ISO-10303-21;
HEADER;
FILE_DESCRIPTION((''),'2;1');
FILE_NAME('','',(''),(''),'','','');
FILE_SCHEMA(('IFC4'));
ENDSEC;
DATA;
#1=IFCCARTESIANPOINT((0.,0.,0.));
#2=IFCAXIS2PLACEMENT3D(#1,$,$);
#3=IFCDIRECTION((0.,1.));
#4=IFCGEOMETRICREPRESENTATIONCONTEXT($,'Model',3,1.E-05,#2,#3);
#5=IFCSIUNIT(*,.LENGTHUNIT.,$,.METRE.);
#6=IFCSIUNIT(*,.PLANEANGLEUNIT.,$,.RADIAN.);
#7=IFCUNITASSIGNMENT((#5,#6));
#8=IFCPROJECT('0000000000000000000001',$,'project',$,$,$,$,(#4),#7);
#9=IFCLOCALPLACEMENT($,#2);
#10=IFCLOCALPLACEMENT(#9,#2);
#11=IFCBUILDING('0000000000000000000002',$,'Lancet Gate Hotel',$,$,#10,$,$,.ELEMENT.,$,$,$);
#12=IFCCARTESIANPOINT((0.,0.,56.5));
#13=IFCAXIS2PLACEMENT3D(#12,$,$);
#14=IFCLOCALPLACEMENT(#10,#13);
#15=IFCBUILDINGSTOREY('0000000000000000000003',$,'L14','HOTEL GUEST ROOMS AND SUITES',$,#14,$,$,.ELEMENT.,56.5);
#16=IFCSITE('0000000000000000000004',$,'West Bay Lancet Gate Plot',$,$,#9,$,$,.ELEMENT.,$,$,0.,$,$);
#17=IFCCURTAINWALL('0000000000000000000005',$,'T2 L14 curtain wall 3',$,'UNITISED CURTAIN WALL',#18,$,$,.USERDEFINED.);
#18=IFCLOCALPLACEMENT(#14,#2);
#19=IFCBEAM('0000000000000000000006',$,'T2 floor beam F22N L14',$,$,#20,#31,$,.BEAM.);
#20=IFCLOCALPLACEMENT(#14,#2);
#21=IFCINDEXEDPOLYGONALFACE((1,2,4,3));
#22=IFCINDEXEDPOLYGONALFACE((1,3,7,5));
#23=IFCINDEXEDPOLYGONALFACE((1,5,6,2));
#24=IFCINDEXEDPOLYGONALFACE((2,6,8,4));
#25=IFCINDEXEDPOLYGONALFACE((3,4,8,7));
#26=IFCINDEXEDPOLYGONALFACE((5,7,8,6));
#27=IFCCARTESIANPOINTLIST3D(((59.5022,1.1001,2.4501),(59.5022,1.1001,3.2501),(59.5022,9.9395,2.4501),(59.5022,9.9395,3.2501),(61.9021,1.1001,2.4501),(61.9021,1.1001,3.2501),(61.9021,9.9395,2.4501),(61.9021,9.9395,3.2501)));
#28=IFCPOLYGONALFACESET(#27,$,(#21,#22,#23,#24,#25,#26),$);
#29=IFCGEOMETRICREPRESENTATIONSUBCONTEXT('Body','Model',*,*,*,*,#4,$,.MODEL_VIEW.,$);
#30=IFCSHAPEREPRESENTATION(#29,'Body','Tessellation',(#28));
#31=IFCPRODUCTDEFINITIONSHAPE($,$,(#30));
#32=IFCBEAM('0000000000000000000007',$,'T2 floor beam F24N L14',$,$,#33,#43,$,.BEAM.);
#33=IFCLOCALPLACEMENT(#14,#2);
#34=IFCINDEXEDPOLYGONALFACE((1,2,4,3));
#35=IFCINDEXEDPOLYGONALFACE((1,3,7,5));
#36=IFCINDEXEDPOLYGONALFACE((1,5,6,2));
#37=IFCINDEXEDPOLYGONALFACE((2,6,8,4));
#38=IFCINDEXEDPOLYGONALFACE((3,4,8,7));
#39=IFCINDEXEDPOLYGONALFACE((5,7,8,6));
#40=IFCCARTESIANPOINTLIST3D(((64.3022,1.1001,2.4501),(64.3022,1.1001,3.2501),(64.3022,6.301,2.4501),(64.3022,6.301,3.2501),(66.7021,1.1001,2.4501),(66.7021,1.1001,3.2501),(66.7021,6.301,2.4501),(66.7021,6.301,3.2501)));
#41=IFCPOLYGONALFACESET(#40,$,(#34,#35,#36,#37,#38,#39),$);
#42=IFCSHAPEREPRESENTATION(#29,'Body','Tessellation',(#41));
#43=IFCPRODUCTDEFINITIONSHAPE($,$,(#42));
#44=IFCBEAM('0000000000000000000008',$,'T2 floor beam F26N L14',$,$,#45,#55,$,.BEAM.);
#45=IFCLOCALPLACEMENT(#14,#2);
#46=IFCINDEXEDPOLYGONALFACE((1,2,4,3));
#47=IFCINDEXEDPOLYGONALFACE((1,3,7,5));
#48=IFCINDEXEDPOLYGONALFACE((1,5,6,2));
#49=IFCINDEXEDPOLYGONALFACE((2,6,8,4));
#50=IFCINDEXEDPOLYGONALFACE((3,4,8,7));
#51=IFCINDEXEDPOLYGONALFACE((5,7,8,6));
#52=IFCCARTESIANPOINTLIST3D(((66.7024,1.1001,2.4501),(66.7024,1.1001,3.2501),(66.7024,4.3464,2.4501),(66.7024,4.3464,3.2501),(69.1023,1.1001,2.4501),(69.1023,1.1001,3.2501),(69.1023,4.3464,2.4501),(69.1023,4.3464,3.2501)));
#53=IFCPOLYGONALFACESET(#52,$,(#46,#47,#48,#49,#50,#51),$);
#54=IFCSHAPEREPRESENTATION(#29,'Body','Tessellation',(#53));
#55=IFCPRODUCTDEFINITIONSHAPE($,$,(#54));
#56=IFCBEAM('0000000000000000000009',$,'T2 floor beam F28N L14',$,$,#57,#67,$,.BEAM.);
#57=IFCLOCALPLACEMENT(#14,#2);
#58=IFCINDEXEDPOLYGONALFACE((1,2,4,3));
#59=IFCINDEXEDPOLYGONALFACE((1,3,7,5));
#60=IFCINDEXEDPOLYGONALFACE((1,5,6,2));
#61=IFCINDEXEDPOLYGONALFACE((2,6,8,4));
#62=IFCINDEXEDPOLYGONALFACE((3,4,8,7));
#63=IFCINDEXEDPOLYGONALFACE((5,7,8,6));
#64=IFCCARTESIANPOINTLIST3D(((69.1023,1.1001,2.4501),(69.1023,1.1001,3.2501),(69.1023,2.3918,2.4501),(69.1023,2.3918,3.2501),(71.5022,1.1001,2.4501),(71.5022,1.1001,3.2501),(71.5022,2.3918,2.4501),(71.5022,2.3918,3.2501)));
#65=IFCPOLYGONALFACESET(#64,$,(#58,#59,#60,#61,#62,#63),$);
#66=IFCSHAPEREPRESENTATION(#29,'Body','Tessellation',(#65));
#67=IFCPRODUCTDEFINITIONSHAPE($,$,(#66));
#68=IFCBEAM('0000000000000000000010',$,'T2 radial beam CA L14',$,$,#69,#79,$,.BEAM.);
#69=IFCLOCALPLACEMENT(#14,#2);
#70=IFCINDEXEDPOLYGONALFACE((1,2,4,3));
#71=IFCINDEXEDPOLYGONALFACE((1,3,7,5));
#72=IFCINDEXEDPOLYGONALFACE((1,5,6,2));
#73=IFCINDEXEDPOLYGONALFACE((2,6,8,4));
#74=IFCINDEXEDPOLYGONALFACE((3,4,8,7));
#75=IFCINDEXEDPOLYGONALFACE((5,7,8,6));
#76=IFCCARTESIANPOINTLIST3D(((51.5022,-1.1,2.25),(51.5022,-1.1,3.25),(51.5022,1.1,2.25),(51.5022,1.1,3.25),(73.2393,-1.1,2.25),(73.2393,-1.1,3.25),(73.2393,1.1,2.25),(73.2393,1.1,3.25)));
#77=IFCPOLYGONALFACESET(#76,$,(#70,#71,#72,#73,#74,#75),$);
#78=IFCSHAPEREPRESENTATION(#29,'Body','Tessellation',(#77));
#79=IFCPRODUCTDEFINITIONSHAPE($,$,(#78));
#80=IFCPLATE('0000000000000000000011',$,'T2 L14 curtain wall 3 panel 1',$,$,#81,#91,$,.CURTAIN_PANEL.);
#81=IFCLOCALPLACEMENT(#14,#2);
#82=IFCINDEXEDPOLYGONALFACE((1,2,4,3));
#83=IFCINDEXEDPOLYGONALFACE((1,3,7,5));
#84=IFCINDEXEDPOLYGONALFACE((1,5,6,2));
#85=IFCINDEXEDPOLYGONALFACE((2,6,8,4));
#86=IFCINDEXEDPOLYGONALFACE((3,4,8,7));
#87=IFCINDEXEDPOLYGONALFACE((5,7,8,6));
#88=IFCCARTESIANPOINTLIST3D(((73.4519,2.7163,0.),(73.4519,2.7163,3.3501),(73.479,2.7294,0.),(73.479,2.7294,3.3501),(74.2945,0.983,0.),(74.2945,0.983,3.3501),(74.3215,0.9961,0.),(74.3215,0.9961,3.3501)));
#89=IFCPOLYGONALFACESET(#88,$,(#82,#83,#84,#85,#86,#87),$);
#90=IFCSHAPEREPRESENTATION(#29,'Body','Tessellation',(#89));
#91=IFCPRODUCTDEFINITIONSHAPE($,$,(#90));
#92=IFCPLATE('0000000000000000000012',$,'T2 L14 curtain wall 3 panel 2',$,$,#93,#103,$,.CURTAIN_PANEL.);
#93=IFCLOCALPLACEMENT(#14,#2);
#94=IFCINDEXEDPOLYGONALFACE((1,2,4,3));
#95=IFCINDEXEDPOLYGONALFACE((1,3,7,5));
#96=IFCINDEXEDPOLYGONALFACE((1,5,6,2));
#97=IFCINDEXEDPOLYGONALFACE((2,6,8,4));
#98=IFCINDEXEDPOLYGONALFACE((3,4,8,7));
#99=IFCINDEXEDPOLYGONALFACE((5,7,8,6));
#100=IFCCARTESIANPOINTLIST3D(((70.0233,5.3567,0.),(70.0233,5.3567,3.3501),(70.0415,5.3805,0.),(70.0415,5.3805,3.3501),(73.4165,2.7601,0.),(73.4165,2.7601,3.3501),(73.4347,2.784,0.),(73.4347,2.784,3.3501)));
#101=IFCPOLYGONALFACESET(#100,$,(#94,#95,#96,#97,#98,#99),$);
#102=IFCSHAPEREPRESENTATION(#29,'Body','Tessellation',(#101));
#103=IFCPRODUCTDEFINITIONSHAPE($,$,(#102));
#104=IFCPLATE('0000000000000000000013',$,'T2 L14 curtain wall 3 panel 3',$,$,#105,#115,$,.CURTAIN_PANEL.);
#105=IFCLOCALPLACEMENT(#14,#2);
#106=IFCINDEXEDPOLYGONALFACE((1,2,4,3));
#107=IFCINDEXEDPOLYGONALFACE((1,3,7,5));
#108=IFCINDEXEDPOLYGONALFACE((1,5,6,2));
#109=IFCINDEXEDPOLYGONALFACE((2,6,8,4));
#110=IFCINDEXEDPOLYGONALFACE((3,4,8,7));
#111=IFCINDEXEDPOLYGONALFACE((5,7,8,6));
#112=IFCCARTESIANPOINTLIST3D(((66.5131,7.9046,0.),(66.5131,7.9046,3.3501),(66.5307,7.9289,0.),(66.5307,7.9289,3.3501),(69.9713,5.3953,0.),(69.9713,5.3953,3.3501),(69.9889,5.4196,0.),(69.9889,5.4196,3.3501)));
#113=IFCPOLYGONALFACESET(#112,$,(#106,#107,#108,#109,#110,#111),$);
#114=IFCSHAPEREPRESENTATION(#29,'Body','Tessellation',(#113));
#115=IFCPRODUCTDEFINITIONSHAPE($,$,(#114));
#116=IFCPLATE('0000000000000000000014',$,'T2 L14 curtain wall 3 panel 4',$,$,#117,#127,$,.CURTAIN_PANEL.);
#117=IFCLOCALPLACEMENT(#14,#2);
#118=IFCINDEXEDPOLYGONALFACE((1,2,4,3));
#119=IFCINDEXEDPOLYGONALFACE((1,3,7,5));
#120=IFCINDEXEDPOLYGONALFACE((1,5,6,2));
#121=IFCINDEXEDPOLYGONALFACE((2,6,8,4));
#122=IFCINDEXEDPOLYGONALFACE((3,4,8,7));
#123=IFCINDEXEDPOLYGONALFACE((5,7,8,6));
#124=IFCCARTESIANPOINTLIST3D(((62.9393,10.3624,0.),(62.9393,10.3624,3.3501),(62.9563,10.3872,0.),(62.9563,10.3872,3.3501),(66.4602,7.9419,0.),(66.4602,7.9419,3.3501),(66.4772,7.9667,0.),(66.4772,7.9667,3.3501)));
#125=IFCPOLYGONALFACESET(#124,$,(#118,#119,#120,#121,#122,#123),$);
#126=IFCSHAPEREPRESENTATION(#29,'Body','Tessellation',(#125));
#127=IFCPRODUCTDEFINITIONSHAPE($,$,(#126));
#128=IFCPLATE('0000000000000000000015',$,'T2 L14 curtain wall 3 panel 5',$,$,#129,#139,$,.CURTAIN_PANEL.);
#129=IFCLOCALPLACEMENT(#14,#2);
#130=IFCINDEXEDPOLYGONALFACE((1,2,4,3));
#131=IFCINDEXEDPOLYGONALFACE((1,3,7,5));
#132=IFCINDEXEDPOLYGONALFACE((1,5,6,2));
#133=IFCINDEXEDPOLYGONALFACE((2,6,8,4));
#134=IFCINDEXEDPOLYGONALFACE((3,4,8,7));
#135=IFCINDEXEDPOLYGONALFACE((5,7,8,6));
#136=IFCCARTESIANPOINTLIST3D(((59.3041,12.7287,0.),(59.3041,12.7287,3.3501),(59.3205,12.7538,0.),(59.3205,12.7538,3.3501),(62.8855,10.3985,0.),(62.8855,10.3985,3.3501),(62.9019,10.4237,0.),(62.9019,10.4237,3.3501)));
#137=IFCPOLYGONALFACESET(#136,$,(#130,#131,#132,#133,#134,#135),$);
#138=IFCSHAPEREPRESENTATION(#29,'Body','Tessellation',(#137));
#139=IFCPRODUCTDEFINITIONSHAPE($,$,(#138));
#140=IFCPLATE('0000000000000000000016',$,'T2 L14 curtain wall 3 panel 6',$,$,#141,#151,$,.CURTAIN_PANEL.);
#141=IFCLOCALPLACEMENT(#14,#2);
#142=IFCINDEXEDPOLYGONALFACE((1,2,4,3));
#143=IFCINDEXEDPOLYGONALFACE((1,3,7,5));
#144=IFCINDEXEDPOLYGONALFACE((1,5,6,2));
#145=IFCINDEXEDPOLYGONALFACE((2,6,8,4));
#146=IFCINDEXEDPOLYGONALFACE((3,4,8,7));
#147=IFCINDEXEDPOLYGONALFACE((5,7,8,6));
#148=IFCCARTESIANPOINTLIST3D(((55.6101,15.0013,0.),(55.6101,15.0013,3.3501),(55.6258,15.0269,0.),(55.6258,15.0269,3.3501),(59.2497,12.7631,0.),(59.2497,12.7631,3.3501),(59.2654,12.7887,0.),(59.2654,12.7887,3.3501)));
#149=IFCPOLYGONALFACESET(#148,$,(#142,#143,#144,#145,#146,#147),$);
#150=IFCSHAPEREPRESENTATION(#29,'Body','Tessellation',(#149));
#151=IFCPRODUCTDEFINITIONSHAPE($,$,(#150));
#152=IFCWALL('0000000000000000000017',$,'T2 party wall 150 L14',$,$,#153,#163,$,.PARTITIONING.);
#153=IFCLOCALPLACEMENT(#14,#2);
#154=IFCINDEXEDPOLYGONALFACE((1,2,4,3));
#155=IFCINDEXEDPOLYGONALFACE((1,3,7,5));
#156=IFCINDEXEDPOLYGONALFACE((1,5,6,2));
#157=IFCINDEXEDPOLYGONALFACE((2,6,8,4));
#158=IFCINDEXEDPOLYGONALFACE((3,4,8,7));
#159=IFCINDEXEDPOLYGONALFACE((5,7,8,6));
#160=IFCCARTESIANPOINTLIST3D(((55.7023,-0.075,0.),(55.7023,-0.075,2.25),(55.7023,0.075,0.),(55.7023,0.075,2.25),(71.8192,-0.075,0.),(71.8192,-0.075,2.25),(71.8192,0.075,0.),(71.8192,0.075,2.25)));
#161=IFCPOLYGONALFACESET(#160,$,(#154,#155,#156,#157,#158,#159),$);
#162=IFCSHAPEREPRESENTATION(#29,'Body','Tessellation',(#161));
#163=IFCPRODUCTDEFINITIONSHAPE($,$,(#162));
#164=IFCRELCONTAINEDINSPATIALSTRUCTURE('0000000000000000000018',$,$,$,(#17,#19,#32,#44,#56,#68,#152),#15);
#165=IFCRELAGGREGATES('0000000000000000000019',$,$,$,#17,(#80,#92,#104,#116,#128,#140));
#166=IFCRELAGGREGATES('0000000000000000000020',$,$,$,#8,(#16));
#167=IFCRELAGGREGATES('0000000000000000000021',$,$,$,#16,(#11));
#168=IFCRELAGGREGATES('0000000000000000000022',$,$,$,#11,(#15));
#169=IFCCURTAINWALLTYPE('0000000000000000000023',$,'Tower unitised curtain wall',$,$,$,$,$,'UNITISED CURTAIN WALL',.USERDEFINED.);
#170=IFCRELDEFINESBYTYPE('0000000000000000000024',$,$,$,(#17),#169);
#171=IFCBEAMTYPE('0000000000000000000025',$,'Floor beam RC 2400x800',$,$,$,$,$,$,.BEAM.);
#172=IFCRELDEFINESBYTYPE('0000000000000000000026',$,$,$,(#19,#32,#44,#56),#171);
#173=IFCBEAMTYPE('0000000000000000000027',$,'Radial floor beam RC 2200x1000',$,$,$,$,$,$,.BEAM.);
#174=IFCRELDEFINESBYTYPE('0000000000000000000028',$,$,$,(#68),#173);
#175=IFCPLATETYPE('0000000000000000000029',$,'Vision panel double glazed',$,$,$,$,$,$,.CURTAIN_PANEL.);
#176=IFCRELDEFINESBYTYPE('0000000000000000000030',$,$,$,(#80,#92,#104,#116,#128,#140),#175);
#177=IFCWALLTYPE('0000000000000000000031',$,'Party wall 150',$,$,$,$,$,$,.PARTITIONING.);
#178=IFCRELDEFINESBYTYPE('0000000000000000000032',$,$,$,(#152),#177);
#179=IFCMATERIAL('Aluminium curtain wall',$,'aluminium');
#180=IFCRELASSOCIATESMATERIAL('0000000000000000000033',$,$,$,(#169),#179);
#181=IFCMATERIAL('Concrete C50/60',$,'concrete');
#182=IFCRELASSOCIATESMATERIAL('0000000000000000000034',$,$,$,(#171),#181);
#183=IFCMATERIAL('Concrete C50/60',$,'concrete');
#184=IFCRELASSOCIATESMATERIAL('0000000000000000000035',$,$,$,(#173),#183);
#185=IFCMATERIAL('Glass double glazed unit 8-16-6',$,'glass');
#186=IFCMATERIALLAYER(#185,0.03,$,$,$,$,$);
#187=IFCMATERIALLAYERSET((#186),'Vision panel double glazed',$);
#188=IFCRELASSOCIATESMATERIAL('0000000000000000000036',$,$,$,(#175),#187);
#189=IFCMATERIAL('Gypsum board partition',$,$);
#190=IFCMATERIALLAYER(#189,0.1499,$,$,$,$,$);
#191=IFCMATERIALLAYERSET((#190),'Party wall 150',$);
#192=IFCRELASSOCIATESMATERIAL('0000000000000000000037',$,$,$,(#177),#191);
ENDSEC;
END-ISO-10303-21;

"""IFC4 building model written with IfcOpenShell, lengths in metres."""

from ifc_helpers import new_model, si_unit, direction, frame, frame_2d, origin, origin_2d, place, context, subcontext, project, spatial, rectangle, extrude, material, layer, layer_set, material_profile, profile_set, type_object, element, aggregate, save


model = new_model("IFC4")

# Units and contexts
model_context = context("Model", 3, precision=1e-05, world=origin(), true_north=direction((0.0, 1.0)))
body_context = subcontext(model_context, "Body", "Model", "MODEL_VIEW")
ifc_project = project(units=[si_unit("LENGTHUNIT", "METRE"), si_unit("PLANEANGLEUNIT", "RADIAN")], contexts=[model_context])

# Site, building, storey
site_placement = place(None, origin())
site = spatial("IfcSite", under=ifc_project, at=site_placement, Name="West Bay Lancet Gate Plot", CompositionType="ELEMENT", RefElevation=0.0)
building_placement = place(site_placement, origin())
building = spatial("IfcBuilding", under=site, at=building_placement, Name="Lancet Gate Hotel", CompositionType="ELEMENT")
storey_placement = place(building_placement, frame((0.0, 0.0, 56.5)))
storey = spatial("IfcBuildingStorey", under=building, at=storey_placement, Name="L14", Description="HOTEL GUEST ROOMS AND SUITES", CompositionType="ELEMENT", Elevation=56.5)

# Curtain wall
ifc_material_1 = material(Name="Aluminium curtain wall", Category="aluminium")
curtain_wall_type = type_object("IfcCurtainWallType", Name="Tower unitised curtain wall", ElementType="UNITISED CURTAIN WALL", PredefinedType="USERDEFINED", material=ifc_material_1)
curtain_wall_placement = place(storey_placement, origin())
curtain_wall = element("IfcCurtainWall", 1, at=curtain_wall_placement, inside=storey, type_object=curtain_wall_type, Name="T2 L14 curtain wall 3", ObjectType="UNITISED CURTAIN WALL", PredefinedType="USERDEFINED")

# Beams
ifc_material_2 = material(Name="Concrete C50/60", Category="concrete")
ifc_material_profile_1 = material_profile(ifc_material_2, rectangle(XDim=2.3999, YDim=0.8, at=origin_2d()), Name="RC 2400x800")
ifc_profile_set_1 = profile_set([ifc_material_profile_1], Name="Concrete C50/60")
beam_type_1 = type_object("IfcBeamType", Name="Floor beam RC 2400x800", PredefinedType="BEAM", material=ifc_profile_set_1)
beam_1_placement = place(storey_placement, frame((60.7021, 1.1001, 2.8501), z_axis=(0.0, 1.0, 0.0), x_axis=(-1.0, 0.0, 0.0)))
element("IfcBeam", 2, at=beam_1_placement, inside=storey, type_object=beam_type_1, Name="T2 floor beam F22N L14", PredefinedType="BEAM", context=body_context, shape_type="SweptSolid", body=[
    extrude(rectangle(XDim=2.3999, YDim=0.8, at=origin_2d()), origin(), (0.0, 0.0, 1.0), 8.8394),
])
beam_2_placement = place(storey_placement, frame((65.5022, 1.1001, 2.8501), z_axis=(0.0, 1.0, 0.0), x_axis=(-1.0, 0.0, 0.0)))
element("IfcBeam", 3, at=beam_2_placement, inside=storey, type_object=beam_type_1, Name="T2 floor beam F24N L14", PredefinedType="BEAM", context=body_context, shape_type="SweptSolid", body=[
    extrude(rectangle(XDim=2.3999, YDim=0.8, at=origin_2d()), origin(), (0.0, 0.0, 1.0), 5.2009),
])
beam_3_placement = place(storey_placement, frame((67.9023, 1.1001, 2.8501), z_axis=(0.0, 1.0, 0.0), x_axis=(-1.0, 0.0, 0.0)))
element("IfcBeam", 4, at=beam_3_placement, inside=storey, type_object=beam_type_1, Name="T2 floor beam F26N L14", PredefinedType="BEAM", context=body_context, shape_type="SweptSolid", body=[
    extrude(rectangle(XDim=2.3999, YDim=0.8, at=origin_2d()), origin(), (0.0, 0.0, 1.0), 3.2463),
])
beam_4_placement = place(storey_placement, frame((70.3022, 1.1001, 2.8501), z_axis=(0.0, 1.0, 0.0), x_axis=(-1.0, 0.0, 0.0)))
element("IfcBeam", 5, at=beam_4_placement, inside=storey, type_object=beam_type_1, Name="T2 floor beam F28N L14", PredefinedType="BEAM", context=body_context, shape_type="SweptSolid", body=[
    extrude(rectangle(XDim=2.3999, YDim=0.8, at=origin_2d()), origin(), (0.0, 0.0, 1.0), 1.2917),
])
ifc_material_3 = material(Name="Concrete C50/60", Category="concrete")
ifc_material_profile_2 = material_profile(ifc_material_3, rectangle(XDim=2.2, YDim=1.0, at=origin_2d()), Name="RC 2200x1000")
ifc_profile_set_2 = profile_set([ifc_material_profile_2], Name="Concrete C50/60")
beam_type_2 = type_object("IfcBeamType", Name="Radial floor beam RC 2200x1000", PredefinedType="BEAM", material=ifc_profile_set_2)
beam_5_placement = place(storey_placement, frame((73.2393, 0.0, 2.75), z_axis=(-1.0, 0.0, 0.0), x_axis=(0.0, -1.0, 0.0)))
element("IfcBeam", 6, at=beam_5_placement, inside=storey, type_object=beam_type_2, Name="T2 radial beam CA L14", PredefinedType="BEAM", context=body_context, shape_type="SweptSolid", body=[
    extrude(rectangle(XDim=2.2, YDim=1.0, at=origin_2d()), origin(), (0.0, 0.0, 1.0), 21.7371),
])

# Plates
ifc_material_4 = material(Name="Glass double glazed unit 8-16-6", Category="glass")
ifc_layer_1 = layer(ifc_material_4, 0.03)
ifc_layer_set_1 = layer_set([ifc_layer_1], Name="Vision panel double glazed")
plate_type = type_object("IfcPlateType", Name="Vision panel double glazed", PredefinedType="CURTAIN_PANEL", material=ifc_layer_set_1)
plate_1_placement = place(storey_placement, frame((73.8867, 1.8562, 0.0), z_axis=(0.0, 0.0, 1.0), x_axis=(-0.437169, 0.899379, 0.0)))
plate_1 = element("IfcPlate", 7, at=plate_1_placement, type_object=plate_type, Name="T2 L14 curtain wall 3 panel 1", PredefinedType="CURTAIN_PANEL", context=body_context, shape_type="SweptSolid", body=[
    extrude(rectangle(XDim=1.9272, YDim=0.03, at=origin_2d()), origin(), (0.0, 0.0, 1.0), 3.3501),
])
plate_2_placement = place(storey_placement, frame((71.729, 4.0703, 0.0), z_axis=(0.0, 0.0, 1.0), x_axis=(-0.79416, 0.607709, 0.0)))
plate_2 = element("IfcPlate", 8, at=plate_2_placement, type_object=plate_type, Name="T2 L14 curtain wall 3 panel 2", PredefinedType="CURTAIN_PANEL", context=body_context, shape_type="SweptSolid", body=[
    extrude(rectangle(XDim=4.2727, YDim=0.03, at=origin_2d()), origin(), (0.0, 0.0, 1.0), 3.3501),
])
plate_3_placement = place(storey_placement, frame((68.251, 6.6621, 0.0), z_axis=(0.0, 0.0, 1.0), x_axis=(-0.80937, 0.587299, 0.0)))
plate_3 = element("IfcPlate", 9, at=plate_3_placement, type_object=plate_type, Name="T2 L14 curtain wall 3 panel 3", PredefinedType="CURTAIN_PANEL", context=body_context, shape_type="SweptSolid", body=[
    extrude(rectangle(XDim=4.2727, YDim=0.03, at=origin_2d()), origin(), (0.0, 0.0, 1.0), 3.3501),
])
plate_4_placement = place(storey_placement, frame((64.7083, 9.1646, 0.0), z_axis=(0.0, 0.0, 1.0), x_axis=(-0.824055, 0.566509, 0.0)))
plate_4 = element("IfcPlate", 10, at=plate_4_placement, type_object=plate_type, Name="T2 L14 curtain wall 3 panel 4", PredefinedType="CURTAIN_PANEL", context=body_context, shape_type="SweptSolid", body=[
    extrude(rectangle(XDim=4.2727, YDim=0.03, at=origin_2d()), origin(), (0.0, 0.0, 1.0), 3.3501),
])
plate_5_placement = place(storey_placement, frame((61.103, 11.5762, 0.0), z_axis=(0.0, 0.0, 1.0), x_axis=(-0.838207, 0.545353, 0.0)))
plate_5 = element("IfcPlate", 11, at=plate_5_placement, type_object=plate_type, Name="T2 L14 curtain wall 3 panel 5", PredefinedType="CURTAIN_PANEL", context=body_context, shape_type="SweptSolid", body=[
    extrude(rectangle(XDim=4.2727, YDim=0.03, at=origin_2d()), origin(), (0.0, 0.0, 1.0), 3.3501),
])
plate_6_placement = place(storey_placement, frame((57.4377, 13.895, 0.0), z_axis=(0.0, 0.0, 1.0), x_axis=(-0.851815, 0.523842, 0.0)))
plate_6 = element("IfcPlate", 12, at=plate_6_placement, type_object=plate_type, Name="T2 L14 curtain wall 3 panel 6", PredefinedType="CURTAIN_PANEL", context=body_context, shape_type="SweptSolid", body=[
    extrude(rectangle(XDim=4.2727, YDim=0.03, at=origin_2d()), origin(), (0.0, 0.0, 1.0), 3.3501),
])
aggregate(curtain_wall, [plate_1, plate_2, plate_3, plate_4, plate_5, plate_6])

# Wall
ifc_material_5 = material(Name="Gypsum board partition")
ifc_layer_2 = layer(ifc_material_5, 0.1499)
ifc_layer_set_2 = layer_set([ifc_layer_2], Name="Party wall 150")
wall_type = type_object("IfcWallType", Name="Party wall 150", PredefinedType="PARTITIONING", material=ifc_layer_set_2)
wall_placement = place(storey_placement, frame((55.7021, 0.0, 0.0), z_axis=(0.0, 0.0, 1.0), x_axis=(1.0, 0.0, 0.0)))
element("IfcWall", 13, at=wall_placement, inside=storey, type_object=wall_type, Name="T2 party wall 150 L14", PredefinedType="PARTITIONING", context=body_context, shape_type="SweptSolid", body=[
    extrude(rectangle(XDim=16.1169, YDim=0.1499, at=frame_2d((8.0586, 0.0))), origin(), (0.0, 0.0, 1.0), 2.25),
])

save(model, "model.ifc")
